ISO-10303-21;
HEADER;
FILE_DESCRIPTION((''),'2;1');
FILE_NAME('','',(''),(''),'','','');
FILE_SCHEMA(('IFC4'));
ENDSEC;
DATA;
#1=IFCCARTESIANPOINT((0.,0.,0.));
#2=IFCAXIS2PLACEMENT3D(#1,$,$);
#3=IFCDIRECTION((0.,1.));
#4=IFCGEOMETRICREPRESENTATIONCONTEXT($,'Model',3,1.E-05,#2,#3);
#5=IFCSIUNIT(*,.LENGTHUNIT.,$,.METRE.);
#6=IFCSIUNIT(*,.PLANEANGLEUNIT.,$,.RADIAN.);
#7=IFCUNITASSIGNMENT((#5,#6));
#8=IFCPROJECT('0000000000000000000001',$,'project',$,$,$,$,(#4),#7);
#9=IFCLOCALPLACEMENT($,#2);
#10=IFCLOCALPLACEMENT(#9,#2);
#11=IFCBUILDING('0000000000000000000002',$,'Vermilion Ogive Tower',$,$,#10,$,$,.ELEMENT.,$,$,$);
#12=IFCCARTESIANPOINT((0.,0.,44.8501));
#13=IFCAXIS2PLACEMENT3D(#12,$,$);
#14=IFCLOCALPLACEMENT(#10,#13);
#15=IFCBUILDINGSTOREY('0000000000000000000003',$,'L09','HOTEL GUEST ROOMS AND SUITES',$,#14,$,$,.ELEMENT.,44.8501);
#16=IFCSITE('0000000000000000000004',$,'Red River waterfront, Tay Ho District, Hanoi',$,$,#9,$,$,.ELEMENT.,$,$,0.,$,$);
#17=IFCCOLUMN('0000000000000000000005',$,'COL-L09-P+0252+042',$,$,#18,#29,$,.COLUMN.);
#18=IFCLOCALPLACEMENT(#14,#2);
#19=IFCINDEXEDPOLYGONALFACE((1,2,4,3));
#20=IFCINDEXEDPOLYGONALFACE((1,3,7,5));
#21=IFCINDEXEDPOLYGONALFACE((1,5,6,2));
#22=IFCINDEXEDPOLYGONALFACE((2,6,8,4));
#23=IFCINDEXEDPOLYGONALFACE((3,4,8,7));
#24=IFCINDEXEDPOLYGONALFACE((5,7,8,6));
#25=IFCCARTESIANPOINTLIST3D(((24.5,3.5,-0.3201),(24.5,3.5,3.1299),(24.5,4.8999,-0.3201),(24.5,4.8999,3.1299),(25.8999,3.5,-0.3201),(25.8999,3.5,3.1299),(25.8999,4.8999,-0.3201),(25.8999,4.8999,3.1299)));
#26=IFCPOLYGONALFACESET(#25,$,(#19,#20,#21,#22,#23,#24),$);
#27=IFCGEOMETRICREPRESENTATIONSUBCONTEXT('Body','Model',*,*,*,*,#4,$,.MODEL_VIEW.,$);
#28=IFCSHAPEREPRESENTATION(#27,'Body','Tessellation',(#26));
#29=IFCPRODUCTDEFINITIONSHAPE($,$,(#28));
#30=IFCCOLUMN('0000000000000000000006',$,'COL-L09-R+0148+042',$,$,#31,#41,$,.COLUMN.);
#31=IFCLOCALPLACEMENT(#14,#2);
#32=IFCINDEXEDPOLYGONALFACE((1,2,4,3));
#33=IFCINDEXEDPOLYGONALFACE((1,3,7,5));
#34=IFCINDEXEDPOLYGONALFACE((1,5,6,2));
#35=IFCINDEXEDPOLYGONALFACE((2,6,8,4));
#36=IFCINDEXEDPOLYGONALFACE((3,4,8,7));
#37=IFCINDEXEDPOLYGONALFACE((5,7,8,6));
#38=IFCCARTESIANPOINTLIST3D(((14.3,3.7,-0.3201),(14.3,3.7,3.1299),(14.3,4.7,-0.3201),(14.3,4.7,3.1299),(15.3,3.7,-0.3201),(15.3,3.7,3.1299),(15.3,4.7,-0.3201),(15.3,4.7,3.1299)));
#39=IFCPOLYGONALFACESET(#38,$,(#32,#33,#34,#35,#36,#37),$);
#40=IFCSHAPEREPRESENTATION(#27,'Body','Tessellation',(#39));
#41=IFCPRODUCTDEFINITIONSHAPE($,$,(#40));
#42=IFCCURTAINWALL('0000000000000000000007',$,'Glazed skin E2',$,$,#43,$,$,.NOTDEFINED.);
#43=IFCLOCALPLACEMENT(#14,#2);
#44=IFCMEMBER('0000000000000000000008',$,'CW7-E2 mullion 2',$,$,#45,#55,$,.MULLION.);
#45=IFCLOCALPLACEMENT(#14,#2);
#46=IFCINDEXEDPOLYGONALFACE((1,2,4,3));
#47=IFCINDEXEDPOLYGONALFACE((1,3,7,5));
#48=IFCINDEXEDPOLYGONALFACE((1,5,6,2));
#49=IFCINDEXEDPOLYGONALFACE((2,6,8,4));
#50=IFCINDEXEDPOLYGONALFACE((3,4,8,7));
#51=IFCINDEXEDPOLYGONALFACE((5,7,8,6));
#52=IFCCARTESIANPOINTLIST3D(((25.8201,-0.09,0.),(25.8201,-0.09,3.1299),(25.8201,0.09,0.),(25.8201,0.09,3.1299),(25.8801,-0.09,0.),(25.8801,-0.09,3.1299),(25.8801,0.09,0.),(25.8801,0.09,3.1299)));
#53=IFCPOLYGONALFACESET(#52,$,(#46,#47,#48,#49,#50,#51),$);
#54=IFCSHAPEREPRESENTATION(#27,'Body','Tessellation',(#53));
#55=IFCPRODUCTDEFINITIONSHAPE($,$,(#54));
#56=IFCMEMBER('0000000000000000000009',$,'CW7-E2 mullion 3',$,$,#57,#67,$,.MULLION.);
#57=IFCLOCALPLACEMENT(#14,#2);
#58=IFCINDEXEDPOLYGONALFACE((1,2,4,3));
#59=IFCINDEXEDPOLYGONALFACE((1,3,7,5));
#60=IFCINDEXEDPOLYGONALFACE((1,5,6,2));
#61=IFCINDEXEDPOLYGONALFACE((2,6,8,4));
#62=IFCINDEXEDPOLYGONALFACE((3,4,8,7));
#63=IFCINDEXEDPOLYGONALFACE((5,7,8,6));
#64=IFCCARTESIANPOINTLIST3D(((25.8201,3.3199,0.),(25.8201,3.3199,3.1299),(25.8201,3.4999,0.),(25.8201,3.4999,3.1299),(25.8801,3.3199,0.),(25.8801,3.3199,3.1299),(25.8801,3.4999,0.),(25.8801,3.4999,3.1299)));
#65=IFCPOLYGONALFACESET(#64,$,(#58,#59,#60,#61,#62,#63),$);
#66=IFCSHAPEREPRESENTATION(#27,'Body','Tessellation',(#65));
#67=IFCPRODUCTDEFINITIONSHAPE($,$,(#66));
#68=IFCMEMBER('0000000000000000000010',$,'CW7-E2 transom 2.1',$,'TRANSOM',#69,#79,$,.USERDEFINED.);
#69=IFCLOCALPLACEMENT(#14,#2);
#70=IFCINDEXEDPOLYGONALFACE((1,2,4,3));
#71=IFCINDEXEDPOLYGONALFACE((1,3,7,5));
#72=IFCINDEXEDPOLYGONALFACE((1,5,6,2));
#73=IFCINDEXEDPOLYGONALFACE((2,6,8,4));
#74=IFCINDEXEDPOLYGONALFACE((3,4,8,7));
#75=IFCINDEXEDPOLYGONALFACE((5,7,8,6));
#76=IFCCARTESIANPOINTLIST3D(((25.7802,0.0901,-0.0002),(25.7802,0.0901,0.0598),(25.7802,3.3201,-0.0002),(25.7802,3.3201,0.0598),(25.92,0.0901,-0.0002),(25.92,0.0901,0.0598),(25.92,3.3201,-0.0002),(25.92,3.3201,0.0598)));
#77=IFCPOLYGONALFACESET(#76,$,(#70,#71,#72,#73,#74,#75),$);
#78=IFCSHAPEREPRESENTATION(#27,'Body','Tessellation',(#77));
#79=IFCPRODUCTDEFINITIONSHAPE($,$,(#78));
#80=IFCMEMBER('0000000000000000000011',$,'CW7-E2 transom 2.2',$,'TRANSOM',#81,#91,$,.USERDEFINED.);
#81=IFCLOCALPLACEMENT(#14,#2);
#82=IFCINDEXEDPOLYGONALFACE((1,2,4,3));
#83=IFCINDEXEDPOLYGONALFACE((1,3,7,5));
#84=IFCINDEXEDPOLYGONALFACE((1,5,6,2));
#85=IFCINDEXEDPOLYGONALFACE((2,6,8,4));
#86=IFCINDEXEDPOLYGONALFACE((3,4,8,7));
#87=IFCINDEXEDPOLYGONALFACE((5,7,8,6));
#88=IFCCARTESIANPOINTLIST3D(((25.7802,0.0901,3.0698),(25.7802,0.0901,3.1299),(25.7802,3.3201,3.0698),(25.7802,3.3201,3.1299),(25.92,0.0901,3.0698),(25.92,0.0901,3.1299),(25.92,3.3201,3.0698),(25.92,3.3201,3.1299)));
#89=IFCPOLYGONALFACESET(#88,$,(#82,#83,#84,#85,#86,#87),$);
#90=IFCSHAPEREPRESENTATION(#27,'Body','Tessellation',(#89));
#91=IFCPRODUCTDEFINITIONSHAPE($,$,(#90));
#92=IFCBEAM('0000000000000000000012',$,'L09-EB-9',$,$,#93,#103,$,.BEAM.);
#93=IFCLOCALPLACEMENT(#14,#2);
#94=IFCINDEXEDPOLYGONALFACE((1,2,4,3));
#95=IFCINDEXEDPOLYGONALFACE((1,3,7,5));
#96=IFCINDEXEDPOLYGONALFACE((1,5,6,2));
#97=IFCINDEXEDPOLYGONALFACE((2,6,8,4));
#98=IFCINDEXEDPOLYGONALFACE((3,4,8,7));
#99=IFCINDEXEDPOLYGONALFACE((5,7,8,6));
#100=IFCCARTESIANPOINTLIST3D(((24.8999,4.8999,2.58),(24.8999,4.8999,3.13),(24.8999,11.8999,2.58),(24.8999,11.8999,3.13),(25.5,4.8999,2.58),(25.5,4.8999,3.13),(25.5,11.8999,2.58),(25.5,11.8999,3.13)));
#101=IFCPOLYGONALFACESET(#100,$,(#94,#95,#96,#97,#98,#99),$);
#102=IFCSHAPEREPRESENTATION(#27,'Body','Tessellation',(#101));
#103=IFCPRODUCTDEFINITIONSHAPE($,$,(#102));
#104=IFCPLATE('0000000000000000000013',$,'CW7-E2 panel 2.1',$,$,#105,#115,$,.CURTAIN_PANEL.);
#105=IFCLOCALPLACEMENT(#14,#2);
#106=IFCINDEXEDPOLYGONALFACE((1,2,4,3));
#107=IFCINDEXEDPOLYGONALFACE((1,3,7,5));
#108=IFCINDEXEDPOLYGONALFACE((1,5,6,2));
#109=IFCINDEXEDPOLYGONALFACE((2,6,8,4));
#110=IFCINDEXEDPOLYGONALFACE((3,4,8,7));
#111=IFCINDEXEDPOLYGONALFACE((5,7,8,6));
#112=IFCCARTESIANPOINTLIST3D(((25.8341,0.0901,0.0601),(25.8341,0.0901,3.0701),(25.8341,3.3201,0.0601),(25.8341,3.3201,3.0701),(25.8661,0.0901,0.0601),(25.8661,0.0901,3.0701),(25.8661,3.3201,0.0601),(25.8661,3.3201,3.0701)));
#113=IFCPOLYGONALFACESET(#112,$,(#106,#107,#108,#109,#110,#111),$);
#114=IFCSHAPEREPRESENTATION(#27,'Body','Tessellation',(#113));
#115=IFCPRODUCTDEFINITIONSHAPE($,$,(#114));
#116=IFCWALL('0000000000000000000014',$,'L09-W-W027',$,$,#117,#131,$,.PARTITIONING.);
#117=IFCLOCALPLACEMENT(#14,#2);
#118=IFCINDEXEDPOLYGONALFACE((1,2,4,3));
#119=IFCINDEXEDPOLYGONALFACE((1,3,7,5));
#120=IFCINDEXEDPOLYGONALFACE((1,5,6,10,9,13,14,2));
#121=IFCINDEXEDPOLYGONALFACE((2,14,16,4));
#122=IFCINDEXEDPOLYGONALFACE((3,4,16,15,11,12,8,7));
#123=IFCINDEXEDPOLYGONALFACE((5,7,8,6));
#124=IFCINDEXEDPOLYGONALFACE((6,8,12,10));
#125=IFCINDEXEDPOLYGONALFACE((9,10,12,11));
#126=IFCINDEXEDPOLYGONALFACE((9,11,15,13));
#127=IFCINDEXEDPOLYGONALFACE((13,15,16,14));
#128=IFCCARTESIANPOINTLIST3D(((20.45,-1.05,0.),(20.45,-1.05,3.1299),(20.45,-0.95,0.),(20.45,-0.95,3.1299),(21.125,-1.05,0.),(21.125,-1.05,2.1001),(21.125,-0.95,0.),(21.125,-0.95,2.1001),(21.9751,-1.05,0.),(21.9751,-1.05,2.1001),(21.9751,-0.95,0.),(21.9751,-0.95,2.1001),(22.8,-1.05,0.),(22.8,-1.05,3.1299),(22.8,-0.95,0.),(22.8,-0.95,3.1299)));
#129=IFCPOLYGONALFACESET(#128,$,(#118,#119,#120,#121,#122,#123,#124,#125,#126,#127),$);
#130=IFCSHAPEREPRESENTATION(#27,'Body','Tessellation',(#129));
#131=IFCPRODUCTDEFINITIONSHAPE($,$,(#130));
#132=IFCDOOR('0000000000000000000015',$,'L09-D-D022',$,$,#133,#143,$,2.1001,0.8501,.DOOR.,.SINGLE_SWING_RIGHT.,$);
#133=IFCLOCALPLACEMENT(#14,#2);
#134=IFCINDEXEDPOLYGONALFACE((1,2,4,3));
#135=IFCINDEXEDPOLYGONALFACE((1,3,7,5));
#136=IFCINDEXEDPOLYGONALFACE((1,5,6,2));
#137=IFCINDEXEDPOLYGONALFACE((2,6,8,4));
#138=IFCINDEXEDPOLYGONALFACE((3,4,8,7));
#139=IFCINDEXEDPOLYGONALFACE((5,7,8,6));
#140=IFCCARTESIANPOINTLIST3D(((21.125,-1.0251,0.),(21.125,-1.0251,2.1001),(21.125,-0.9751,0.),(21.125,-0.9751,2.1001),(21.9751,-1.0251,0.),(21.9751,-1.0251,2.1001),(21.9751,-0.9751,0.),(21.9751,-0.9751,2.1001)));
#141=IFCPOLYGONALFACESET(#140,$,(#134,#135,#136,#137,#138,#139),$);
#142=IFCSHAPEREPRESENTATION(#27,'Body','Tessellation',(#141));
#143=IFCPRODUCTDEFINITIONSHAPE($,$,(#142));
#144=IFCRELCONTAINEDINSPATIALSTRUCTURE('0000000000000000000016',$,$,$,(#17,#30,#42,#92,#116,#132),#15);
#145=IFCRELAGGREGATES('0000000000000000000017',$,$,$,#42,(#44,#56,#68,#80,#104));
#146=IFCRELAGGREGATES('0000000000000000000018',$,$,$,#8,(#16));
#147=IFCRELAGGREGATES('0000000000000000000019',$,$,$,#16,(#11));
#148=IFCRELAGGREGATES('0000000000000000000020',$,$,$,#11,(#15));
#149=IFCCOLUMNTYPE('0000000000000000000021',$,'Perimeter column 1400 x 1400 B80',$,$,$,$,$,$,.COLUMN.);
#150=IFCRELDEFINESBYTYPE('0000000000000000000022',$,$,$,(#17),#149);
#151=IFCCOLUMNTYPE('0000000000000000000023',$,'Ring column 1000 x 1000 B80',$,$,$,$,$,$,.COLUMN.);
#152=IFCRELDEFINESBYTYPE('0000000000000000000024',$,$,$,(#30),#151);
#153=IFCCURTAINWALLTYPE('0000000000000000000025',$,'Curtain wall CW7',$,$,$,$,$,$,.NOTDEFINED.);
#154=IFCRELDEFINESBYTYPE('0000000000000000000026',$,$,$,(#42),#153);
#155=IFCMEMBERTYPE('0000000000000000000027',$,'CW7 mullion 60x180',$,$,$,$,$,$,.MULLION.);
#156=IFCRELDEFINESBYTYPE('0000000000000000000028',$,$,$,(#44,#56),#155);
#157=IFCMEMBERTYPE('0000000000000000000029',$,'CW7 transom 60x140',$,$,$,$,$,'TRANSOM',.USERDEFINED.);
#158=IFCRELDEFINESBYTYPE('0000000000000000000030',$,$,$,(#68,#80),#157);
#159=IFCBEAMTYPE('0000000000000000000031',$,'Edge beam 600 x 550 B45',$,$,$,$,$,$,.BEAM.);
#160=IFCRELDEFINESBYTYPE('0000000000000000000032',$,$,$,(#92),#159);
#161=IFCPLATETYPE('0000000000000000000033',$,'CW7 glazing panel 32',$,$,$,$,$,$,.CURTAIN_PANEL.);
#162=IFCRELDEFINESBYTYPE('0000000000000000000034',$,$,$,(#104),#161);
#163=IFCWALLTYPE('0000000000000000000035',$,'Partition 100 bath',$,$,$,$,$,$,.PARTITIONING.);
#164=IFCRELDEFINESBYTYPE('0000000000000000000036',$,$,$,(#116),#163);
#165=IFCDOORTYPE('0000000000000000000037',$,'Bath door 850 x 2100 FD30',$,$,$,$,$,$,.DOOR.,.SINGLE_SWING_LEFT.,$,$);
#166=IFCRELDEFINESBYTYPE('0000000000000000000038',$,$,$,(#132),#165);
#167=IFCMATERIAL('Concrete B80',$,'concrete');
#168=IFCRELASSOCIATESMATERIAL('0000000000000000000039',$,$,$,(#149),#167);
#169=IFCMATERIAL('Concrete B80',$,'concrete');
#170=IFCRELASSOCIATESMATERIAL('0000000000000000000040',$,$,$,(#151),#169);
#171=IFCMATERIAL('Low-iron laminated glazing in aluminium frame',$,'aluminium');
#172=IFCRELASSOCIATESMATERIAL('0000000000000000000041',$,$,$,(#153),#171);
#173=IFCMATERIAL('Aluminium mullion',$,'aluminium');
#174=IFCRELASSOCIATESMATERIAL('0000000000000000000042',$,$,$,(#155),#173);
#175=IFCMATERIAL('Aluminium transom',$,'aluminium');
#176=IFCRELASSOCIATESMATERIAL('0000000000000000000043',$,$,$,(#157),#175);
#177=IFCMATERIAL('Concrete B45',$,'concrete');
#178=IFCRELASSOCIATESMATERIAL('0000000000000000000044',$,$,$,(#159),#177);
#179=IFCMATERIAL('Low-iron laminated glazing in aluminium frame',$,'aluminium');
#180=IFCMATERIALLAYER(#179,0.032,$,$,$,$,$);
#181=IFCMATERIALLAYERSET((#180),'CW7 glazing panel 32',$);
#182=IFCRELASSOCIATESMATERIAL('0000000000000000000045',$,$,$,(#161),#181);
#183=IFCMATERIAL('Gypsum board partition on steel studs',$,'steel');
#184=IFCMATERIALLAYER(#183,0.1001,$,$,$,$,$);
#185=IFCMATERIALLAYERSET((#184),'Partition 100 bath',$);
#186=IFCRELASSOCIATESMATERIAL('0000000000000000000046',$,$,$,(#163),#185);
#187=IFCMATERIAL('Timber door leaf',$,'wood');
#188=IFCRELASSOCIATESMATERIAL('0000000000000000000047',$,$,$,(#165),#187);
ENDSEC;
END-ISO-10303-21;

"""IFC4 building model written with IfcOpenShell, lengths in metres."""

from ifc_helpers import new_model, si_unit, direction, frame, frame_2d, origin, origin_2d, place, context, subcontext, project, spatial, rectangle, extrude, material, layer, layer_set, material_profile, profile_set, type_object, element, fill, aggregate, save


model = new_model("IFC4")

# Units and contexts
model_context = context("Model", 3, precision=1e-05, world=origin(), true_north=direction((0.0, 1.0)))
body_context = subcontext(model_context, "Body", "Model", "MODEL_VIEW")
ifc_project = project(units=[si_unit("LENGTHUNIT", "METRE"), si_unit("PLANEANGLEUNIT", "RADIAN")], contexts=[model_context])

# Site, building, storey
site_placement = place(None, origin())
site = spatial("IfcSite", under=ifc_project, at=site_placement, Name="Red River waterfront, Tay Ho District, Hanoi", CompositionType="ELEMENT", RefElevation=0.0)
building_placement = place(site_placement, origin())
building = spatial("IfcBuilding", under=site, at=building_placement, Name="Vermilion Ogive Tower", CompositionType="ELEMENT")
storey_placement = place(building_placement, frame((0.0, 0.0, 44.8501)))
storey = spatial("IfcBuildingStorey", under=building, at=storey_placement, Name="L09", Description="HOTEL GUEST ROOMS AND SUITES", CompositionType="ELEMENT", Elevation=44.8501)

# Columns
ifc_material_1 = material(Name="Concrete B80", Category="concrete")
ifc_material_profile_1 = material_profile(ifc_material_1, rectangle(XDim=1.3999, YDim=1.3999, at=origin_2d()), Name="1400 x 1400")
ifc_profile_set_1 = profile_set([ifc_material_profile_1], Name="Concrete B80")
column_type_1 = type_object("IfcColumnType", Name="Perimeter column 1400 x 1400 B80", PredefinedType="COLUMN", material=ifc_profile_set_1)
column_1_placement = place(storey_placement, frame((25.2, 4.2, -0.3201), z_axis=(0.0, 0.0, 1.0), x_axis=(1.0, 0.0, 0.0)))
element("IfcColumn", 1, at=column_1_placement, inside=storey, type_object=column_type_1, Name="COL-L09-P+0252+042", PredefinedType="COLUMN", context=body_context, shape_type="SweptSolid", body=[
    extrude(rectangle(XDim=1.3999, YDim=1.3999, at=origin_2d()), origin(), (0.0, 0.0, 1.0), 3.45),
])
ifc_material_2 = material(Name="Concrete B80", Category="concrete")
ifc_material_profile_2 = material_profile(ifc_material_2, rectangle(XDim=1.0, YDim=1.0, at=origin_2d()), Name="1000 x 1000")
ifc_profile_set_2 = profile_set([ifc_material_profile_2], Name="Concrete B80")
column_type_2 = type_object("IfcColumnType", Name="Ring column 1000 x 1000 B80", PredefinedType="COLUMN", material=ifc_profile_set_2)
column_2_placement = place(storey_placement, frame((14.8, 4.2, -0.3201), z_axis=(0.0, 0.0, 1.0), x_axis=(1.0, 0.0, 0.0)))
element("IfcColumn", 2, at=column_2_placement, inside=storey, type_object=column_type_2, Name="COL-L09-R+0148+042", PredefinedType="COLUMN", context=body_context, shape_type="SweptSolid", body=[
    extrude(rectangle(XDim=1.0, YDim=1.0, at=origin_2d()), origin(), (0.0, 0.0, 1.0), 3.45),
])

# Curtain wall, members
ifc_material_3 = material(Name="Low-iron laminated glazing in aluminium frame", Category="aluminium")
curtain_wall_type = type_object("IfcCurtainWallType", Name="Curtain wall CW7", PredefinedType="NOTDEFINED", material=ifc_material_3)
curtain_wall_placement = place(storey_placement, origin())
curtain_wall = element("IfcCurtainWall", 3, at=curtain_wall_placement, inside=storey, type_object=curtain_wall_type, Name="Glazed skin E2", PredefinedType="NOTDEFINED")
ifc_material_4 = material(Name="Aluminium mullion", Category="aluminium")
ifc_material_profile_3 = material_profile(ifc_material_4, rectangle(XDim=0.0601, YDim=0.1799, at=origin_2d()), Name="AL 60x180")
ifc_profile_set_3 = profile_set([ifc_material_profile_3], Name="Aluminium mullion")
member_type_1 = type_object("IfcMemberType", Name="CW7 mullion 60x180", PredefinedType="MULLION", material=ifc_profile_set_3)
member_1_placement = place(storey_placement, frame((25.8501, 0.0, 0.0), z_axis=(0.0, 0.0, 1.0), x_axis=(-1.0, 0.0, 0.0)))
member_1 = element("IfcMember", 4, at=member_1_placement, type_object=member_type_1, Name="CW7-E2 mullion 2", PredefinedType="MULLION", context=body_context, shape_type="SweptSolid", body=[
    extrude(rectangle(XDim=0.0601, YDim=0.1799, at=origin_2d()), origin(), (0.0, 0.0, 1.0), 3.1299),
])
member_2_placement = place(storey_placement, frame((25.8501, 3.4099, 0.0), z_axis=(0.0, 0.0, 1.0), x_axis=(-1.0, 0.0, 0.0)))
member_2 = element("IfcMember", 5, at=member_2_placement, type_object=member_type_1, Name="CW7-E2 mullion 3", PredefinedType="MULLION", context=body_context, shape_type="SweptSolid", body=[
    extrude(rectangle(XDim=0.0601, YDim=0.1799, at=origin_2d()), origin(), (0.0, 0.0, 1.0), 3.1299),
])
ifc_material_5 = material(Name="Aluminium transom", Category="aluminium")
ifc_material_profile_4 = material_profile(ifc_material_5, rectangle(XDim=0.1399, YDim=0.0601, at=origin_2d()), Name="AL 60x140")
ifc_profile_set_4 = profile_set([ifc_material_profile_4], Name="Aluminium transom")
member_type_2 = type_object("IfcMemberType", Name="CW7 transom 60x140", ElementType="TRANSOM", PredefinedType="USERDEFINED", material=ifc_profile_set_4)
member_3_placement = place(storey_placement, frame((25.8501, 0.0901, 0.0298), z_axis=(0.0, 1.0, 0.0), x_axis=(-1.0, 0.0, 0.0)))
member_3 = element("IfcMember", 6, at=member_3_placement, type_object=member_type_2, Name="CW7-E2 transom 2.1", ObjectType="TRANSOM", PredefinedType="USERDEFINED", context=body_context, shape_type="SweptSolid", body=[
    extrude(rectangle(XDim=0.1399, YDim=0.0601, at=origin_2d()), origin(), (0.0, 0.0, 1.0), 3.23),
])
member_4_placement = place(storey_placement, frame((25.8501, 0.0901, 3.0999), z_axis=(0.0, 1.0, 0.0), x_axis=(-1.0, 0.0, 0.0)))
member_4 = element("IfcMember", 7, at=member_4_placement, type_object=member_type_2, Name="CW7-E2 transom 2.2", ObjectType="TRANSOM", PredefinedType="USERDEFINED", context=body_context, shape_type="SweptSolid", body=[
    extrude(rectangle(XDim=0.1399, YDim=0.0601, at=origin_2d()), origin(), (0.0, 0.0, 1.0), 3.23),
])

# Beam
ifc_material_6 = material(Name="Concrete B45", Category="concrete")
ifc_material_profile_5 = material_profile(ifc_material_6, rectangle(XDim=0.6001, YDim=0.55, at=origin_2d()), Name="600 x 550")
ifc_profile_set_5 = profile_set([ifc_material_profile_5], Name="Concrete B45")
beam_type = type_object("IfcBeamType", Name="Edge beam 600 x 550 B45", PredefinedType="BEAM", material=ifc_profile_set_5)
beam_placement = place(storey_placement, frame((25.2, 4.8999, 2.855), z_axis=(0.0, 1.0, 0.0), x_axis=(-1.0, 0.0, 0.0)))
element("IfcBeam", 8, at=beam_placement, inside=storey, type_object=beam_type, Name="L09-EB-9", PredefinedType="BEAM", context=body_context, shape_type="SweptSolid", body=[
    extrude(rectangle(XDim=0.6001, YDim=0.55, at=origin_2d()), origin(), (0.0, 0.0, 1.0), 7.0),
])

# Plate
ifc_material_7 = material(Name="Low-iron laminated glazing in aluminium frame", Category="aluminium")
ifc_layer_1 = layer(ifc_material_7, 0.032)
ifc_layer_set_1 = layer_set([ifc_layer_1], Name="CW7 glazing panel 32")
plate_type = type_object("IfcPlateType", Name="CW7 glazing panel 32", PredefinedType="CURTAIN_PANEL", material=ifc_layer_set_1)
plate_placement = place(storey_placement, frame((25.8501, 1.7051, 0.0601), z_axis=(0.0, 0.0, 1.0), x_axis=(0.0, 1.0, 0.0)))
plate = element("IfcPlate", 9, at=plate_placement, type_object=plate_type, Name="CW7-E2 panel 2.1", PredefinedType="CURTAIN_PANEL", context=body_context, shape_type="SweptSolid", body=[
    extrude(rectangle(XDim=3.23, YDim=0.032, at=origin_2d()), origin(), (0.0, 0.0, 1.0), 3.01),
])
aggregate(curtain_wall, [member_1, member_2, member_3, member_4, plate])

# Wall, opening, door
ifc_material_8 = material(Name="Gypsum board partition on steel studs", Category="steel")
ifc_layer_2 = layer(ifc_material_8, 0.1001)
ifc_layer_set_2 = layer_set([ifc_layer_2], Name="Partition 100 bath")
wall_type_1 = type_object("IfcWallType", Name="Partition 100 bath", PredefinedType="PARTITIONING", material=ifc_layer_set_2)
wall_1_placement = place(storey_placement, frame((20.45, -1.0, 0.0), z_axis=(0.0, 0.0, 1.0), x_axis=(1.0, 0.0, 0.0)))
wall_1 = element("IfcWall", 10, at=wall_1_placement, inside=storey, type_object=wall_type_1, Name="L09-W-W027", PredefinedType="PARTITIONING", context=body_context, shape_type="SweptSolid", body=[
    extrude(rectangle(XDim=2.3501, YDim=0.1001, at=frame_2d((1.175, 0.0))), origin(), (0.0, 0.0, 1.0), 3.1299),
])
opening_1_placement = place(wall_1_placement, frame((0.675, 0.0, 0.0)))
opening_1 = element("IfcOpeningElement", 11, at=opening_1_placement, cuts=wall_1, PredefinedType="OPENING", context=body_context, shape_type="SweptSolid", body=[
    extrude(rectangle(XDim=0.8501, YDim=2.1001, at=frame_2d((0.425, 1.05))), frame((0.0, 0.0601, 0.0), z_axis=(0.0, -1.0, 0.0), x_axis=(1.0, 0.0, 0.0)), (0.0, 0.0, 1.0), 0.1201),
])
ifc_material_9 = material(Name="Timber door leaf", Category="wood")
door_type_1 = type_object("IfcDoorType", Name="Bath door 850 x 2100 FD30", OperationType="SINGLE_SWING_LEFT", PredefinedType="DOOR", material=ifc_material_9)
door_1_placement = place(opening_1_placement, origin())
door_1 = element("IfcDoor", 12, at=door_1_placement, inside=storey, type_object=door_type_1, Name="L09-D-D022", OperationType="SINGLE_SWING_RIGHT", OverallHeight=2.1001, OverallWidth=0.8501, PredefinedType="DOOR", context=body_context, shape_type="SweptSolid", body=[
    extrude(rectangle(XDim=0.8501, YDim=2.1001, at=frame_2d((0.425, 1.05))), frame((0.0, 0.0249, 0.0), z_axis=(0.0, -1.0, 0.0), x_axis=(1.0, 0.0, 0.0)), (0.0, 0.0, 1.0), 0.05),
])
fill(opening_1, door_1)

save(model, "model.ifc")
